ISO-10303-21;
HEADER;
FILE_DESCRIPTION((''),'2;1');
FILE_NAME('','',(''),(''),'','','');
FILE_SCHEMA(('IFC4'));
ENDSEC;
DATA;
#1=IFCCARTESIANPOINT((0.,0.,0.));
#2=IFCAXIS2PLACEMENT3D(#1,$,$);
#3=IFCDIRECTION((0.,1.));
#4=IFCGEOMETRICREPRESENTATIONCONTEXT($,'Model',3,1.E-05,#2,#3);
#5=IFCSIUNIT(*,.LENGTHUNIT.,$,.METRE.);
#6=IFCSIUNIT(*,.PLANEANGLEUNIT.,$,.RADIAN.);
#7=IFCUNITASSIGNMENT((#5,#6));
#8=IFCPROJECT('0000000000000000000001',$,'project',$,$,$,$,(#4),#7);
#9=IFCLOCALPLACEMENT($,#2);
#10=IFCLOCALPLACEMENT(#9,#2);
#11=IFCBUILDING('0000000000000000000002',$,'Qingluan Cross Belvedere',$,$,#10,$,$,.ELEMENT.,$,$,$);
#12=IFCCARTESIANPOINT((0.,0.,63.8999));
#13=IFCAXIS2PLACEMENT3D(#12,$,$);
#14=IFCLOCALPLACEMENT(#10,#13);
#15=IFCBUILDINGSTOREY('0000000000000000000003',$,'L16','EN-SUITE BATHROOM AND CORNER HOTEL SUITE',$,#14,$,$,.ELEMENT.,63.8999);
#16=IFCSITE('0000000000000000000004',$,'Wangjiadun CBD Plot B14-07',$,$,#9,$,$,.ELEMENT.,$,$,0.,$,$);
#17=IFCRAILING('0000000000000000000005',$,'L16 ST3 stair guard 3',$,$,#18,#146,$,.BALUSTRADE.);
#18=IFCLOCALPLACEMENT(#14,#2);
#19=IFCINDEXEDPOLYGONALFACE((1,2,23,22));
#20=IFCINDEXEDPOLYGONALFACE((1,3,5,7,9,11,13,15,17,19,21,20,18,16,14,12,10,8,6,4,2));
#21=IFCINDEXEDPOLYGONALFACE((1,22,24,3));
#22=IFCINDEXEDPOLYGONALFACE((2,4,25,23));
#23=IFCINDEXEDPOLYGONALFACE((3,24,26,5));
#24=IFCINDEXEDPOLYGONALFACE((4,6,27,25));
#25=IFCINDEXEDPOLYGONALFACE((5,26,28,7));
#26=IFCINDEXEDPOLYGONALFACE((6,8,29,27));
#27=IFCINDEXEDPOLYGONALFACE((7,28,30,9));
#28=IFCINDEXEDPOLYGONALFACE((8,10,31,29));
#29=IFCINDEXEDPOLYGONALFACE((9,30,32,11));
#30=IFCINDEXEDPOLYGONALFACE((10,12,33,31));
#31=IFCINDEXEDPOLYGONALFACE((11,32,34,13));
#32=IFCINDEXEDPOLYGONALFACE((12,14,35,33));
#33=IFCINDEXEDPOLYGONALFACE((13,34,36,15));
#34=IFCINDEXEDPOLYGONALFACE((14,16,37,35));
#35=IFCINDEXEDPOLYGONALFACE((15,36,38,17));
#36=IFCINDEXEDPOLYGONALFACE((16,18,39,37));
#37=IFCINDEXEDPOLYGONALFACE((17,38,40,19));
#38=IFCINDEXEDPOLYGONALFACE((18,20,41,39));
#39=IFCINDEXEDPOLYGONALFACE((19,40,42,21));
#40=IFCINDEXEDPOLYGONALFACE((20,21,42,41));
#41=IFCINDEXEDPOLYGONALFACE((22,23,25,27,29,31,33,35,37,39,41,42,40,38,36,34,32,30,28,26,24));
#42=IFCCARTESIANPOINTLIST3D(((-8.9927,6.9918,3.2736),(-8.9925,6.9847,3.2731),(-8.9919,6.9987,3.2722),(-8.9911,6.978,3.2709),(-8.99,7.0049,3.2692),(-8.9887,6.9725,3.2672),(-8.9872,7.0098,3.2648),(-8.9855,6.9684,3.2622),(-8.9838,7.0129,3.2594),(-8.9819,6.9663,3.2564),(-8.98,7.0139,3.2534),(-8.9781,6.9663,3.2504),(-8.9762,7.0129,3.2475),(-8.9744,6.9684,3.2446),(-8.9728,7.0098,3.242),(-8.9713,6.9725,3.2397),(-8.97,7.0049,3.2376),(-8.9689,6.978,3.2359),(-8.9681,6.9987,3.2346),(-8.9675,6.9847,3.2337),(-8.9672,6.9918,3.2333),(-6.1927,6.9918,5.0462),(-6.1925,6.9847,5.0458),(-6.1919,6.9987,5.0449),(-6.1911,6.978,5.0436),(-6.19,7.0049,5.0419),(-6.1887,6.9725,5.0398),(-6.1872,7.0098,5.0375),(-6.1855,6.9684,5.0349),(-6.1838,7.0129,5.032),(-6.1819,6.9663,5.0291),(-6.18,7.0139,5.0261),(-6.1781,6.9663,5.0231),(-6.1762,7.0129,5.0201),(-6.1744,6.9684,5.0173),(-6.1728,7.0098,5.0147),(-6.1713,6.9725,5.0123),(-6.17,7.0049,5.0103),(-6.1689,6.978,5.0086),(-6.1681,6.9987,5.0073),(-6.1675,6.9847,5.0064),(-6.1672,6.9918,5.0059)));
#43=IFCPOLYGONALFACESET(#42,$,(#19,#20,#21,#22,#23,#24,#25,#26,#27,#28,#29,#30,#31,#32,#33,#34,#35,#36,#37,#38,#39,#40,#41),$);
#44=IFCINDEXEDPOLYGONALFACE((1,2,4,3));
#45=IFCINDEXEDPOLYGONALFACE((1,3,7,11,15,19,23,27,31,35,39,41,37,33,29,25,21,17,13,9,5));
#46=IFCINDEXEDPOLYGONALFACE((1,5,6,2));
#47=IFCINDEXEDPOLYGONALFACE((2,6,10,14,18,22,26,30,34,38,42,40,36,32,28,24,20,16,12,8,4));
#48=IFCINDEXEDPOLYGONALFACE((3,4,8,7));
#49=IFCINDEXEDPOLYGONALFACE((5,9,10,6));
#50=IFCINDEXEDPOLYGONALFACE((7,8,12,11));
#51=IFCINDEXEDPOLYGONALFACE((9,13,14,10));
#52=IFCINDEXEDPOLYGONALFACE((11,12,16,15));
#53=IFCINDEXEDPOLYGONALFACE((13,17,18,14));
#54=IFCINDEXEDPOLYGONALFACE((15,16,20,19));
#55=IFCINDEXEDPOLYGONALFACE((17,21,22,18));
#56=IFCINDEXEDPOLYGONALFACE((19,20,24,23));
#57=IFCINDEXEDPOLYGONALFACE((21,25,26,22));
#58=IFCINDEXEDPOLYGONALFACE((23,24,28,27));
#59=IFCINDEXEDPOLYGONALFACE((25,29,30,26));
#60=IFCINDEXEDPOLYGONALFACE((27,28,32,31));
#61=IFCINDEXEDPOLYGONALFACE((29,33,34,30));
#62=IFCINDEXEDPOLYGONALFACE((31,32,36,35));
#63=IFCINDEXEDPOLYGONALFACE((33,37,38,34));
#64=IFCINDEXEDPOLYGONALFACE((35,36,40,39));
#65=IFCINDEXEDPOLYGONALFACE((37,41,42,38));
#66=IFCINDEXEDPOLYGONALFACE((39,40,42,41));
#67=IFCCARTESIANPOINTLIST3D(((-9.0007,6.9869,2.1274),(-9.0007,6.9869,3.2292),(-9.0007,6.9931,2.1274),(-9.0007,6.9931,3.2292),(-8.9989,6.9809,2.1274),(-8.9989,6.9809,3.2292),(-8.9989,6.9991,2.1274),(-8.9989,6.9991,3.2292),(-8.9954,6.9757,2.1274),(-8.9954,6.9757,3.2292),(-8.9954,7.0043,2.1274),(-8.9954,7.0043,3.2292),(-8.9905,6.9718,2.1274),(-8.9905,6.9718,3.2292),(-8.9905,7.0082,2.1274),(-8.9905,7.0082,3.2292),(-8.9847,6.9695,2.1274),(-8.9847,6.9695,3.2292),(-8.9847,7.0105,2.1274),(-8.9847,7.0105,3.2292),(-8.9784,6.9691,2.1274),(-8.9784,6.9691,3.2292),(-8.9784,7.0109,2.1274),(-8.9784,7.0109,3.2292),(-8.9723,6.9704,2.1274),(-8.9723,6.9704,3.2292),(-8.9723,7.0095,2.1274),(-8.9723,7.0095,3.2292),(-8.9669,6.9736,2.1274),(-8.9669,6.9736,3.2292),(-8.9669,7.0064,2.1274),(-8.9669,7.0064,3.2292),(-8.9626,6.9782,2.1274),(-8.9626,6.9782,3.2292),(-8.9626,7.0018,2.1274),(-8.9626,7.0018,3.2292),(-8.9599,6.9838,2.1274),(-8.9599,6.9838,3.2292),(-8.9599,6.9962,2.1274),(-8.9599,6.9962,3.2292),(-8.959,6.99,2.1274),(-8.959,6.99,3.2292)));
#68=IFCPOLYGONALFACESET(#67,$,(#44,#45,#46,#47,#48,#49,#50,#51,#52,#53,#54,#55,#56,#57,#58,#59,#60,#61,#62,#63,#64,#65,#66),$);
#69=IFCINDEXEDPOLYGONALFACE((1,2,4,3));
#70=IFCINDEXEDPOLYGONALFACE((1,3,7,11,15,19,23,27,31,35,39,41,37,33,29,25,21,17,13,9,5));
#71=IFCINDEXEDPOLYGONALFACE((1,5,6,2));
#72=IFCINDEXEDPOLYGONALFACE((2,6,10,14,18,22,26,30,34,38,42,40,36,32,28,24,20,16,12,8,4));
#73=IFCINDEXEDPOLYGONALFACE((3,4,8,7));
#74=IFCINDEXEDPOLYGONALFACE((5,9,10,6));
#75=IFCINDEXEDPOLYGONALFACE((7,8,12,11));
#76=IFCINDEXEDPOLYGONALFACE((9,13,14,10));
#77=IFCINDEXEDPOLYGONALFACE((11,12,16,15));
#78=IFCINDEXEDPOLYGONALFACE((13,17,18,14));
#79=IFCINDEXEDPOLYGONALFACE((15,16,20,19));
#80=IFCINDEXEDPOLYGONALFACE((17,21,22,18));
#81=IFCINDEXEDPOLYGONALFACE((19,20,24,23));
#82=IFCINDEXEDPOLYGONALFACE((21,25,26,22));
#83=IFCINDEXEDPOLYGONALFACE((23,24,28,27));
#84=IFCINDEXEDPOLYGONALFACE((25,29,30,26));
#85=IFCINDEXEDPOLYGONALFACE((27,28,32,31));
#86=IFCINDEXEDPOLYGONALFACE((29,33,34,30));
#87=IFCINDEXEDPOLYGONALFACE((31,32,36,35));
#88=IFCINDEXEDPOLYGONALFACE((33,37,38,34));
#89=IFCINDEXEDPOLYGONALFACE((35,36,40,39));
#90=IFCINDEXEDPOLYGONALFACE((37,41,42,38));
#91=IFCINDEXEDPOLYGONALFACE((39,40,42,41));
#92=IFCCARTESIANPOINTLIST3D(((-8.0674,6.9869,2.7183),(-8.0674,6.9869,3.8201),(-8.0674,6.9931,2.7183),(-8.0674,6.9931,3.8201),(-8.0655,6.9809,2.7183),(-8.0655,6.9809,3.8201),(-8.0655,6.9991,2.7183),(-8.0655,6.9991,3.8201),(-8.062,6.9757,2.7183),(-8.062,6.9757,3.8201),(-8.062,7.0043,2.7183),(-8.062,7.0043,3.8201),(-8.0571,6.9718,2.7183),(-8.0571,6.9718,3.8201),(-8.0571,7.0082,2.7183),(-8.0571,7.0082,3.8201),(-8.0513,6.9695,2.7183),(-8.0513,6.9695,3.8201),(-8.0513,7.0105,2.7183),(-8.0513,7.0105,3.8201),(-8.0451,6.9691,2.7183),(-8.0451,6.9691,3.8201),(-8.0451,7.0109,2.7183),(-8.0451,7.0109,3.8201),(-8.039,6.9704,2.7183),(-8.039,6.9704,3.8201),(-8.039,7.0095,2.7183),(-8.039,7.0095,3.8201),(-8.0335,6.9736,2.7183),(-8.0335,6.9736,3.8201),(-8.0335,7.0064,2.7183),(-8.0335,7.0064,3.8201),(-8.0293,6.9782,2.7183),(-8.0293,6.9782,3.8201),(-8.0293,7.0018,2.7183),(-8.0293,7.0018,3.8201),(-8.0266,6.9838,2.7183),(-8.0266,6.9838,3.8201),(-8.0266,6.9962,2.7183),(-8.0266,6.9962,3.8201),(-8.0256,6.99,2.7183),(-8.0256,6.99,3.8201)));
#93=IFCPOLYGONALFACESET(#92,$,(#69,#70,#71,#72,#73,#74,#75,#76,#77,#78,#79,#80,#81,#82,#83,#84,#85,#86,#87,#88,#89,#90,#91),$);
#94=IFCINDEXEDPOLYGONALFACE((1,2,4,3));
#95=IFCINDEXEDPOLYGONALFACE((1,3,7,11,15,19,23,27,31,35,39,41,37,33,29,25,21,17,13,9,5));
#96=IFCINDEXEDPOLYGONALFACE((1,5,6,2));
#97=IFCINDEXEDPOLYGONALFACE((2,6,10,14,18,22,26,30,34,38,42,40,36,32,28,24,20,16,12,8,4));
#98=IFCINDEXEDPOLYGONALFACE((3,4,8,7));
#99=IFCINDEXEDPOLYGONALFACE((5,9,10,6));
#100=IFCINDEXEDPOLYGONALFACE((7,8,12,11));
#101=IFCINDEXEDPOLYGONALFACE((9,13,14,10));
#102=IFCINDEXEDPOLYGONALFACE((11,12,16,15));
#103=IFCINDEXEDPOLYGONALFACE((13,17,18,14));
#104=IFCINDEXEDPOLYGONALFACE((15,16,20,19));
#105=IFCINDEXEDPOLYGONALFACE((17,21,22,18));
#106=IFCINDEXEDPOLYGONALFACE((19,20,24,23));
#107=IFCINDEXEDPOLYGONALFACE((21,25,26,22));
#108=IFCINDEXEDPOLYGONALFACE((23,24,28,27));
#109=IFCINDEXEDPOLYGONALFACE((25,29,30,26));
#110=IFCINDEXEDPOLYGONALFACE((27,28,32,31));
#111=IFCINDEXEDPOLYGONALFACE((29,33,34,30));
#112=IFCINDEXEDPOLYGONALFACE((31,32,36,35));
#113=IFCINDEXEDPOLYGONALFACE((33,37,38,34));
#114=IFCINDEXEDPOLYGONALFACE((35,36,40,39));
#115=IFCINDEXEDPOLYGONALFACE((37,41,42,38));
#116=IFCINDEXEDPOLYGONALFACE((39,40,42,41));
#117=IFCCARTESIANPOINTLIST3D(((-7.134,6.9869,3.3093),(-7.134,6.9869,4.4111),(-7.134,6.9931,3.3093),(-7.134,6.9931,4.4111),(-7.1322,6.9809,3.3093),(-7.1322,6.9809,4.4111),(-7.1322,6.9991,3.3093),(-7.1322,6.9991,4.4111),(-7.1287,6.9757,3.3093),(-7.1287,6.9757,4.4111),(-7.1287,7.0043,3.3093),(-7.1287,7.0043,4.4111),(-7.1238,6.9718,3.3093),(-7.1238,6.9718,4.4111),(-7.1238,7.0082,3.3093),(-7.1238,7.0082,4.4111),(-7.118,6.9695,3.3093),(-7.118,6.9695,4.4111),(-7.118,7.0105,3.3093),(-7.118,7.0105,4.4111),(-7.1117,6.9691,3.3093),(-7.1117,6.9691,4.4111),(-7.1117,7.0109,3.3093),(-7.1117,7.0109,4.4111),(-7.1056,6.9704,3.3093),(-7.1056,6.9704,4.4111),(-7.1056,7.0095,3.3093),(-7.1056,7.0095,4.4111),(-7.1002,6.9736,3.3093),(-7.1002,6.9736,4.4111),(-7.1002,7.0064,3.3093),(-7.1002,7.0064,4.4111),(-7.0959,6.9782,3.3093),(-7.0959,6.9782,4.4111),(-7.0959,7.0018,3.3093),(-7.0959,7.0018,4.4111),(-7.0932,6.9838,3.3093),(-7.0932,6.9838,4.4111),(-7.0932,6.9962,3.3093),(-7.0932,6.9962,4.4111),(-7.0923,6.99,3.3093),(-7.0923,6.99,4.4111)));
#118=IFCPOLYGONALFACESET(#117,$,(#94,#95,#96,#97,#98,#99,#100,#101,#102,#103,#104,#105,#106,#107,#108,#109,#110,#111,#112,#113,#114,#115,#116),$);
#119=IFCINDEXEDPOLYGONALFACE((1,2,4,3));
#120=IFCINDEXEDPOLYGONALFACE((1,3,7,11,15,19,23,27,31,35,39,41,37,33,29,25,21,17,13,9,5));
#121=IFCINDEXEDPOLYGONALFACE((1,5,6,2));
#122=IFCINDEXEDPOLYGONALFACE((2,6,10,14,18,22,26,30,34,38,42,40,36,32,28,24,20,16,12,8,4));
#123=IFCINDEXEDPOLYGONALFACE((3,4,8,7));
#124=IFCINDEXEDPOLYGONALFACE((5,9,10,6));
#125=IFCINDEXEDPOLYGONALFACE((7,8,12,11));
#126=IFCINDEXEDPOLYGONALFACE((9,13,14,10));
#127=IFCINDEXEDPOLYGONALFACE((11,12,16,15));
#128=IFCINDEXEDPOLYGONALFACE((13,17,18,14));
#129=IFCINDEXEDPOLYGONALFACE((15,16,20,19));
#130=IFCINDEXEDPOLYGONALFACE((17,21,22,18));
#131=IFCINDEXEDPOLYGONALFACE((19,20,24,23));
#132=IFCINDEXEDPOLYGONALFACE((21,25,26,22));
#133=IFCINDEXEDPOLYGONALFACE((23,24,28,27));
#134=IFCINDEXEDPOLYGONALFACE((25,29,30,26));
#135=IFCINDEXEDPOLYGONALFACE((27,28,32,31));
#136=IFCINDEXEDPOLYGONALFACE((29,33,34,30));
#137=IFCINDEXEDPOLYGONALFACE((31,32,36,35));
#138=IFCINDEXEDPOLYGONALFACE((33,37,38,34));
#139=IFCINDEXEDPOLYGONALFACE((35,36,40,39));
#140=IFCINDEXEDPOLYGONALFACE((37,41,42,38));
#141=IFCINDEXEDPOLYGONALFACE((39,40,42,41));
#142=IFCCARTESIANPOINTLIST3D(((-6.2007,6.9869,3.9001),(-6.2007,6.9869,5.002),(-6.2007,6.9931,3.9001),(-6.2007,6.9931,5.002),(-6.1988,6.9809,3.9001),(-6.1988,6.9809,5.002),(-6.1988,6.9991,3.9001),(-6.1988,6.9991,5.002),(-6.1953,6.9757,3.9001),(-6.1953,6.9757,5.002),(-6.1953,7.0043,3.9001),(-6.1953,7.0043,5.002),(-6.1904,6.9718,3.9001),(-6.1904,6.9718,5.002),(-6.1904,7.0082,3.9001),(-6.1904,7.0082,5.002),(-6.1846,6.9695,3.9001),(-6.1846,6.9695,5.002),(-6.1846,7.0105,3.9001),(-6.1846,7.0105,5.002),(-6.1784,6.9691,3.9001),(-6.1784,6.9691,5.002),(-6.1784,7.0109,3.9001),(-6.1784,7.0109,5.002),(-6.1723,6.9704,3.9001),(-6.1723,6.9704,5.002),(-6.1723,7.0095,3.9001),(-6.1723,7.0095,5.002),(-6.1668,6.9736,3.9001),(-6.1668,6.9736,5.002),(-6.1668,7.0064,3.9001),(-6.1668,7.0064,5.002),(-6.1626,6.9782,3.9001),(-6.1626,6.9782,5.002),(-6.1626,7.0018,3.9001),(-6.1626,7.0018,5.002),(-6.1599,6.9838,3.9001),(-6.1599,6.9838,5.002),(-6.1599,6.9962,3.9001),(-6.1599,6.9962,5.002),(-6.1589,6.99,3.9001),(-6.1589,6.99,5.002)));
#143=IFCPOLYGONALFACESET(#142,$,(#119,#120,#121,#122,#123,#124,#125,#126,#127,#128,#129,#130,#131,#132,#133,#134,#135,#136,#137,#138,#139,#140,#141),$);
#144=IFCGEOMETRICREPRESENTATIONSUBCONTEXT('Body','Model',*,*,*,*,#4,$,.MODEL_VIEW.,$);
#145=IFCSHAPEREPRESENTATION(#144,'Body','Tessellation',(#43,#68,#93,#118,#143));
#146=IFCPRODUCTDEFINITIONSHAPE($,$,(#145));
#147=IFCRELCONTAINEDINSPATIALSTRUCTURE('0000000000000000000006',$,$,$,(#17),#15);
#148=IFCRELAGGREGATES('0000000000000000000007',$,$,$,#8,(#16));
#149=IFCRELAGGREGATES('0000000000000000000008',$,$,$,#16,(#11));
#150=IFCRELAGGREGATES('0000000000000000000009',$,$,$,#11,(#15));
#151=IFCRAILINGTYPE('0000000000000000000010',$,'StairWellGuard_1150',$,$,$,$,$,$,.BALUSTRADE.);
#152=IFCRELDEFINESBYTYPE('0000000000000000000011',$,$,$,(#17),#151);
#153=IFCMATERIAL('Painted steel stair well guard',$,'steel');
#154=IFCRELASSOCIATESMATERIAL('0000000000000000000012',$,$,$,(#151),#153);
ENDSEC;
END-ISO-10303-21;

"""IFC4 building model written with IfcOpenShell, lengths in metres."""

from ifc_helpers import new_model, si_unit, direction, frame, origin, origin_2d, place, context, subcontext, project, spatial, circle, extrude, material, type_object, element, save


model = new_model("IFC4")

# Units and contexts
model_context = context("Model", 3, precision=1e-05, world=origin(), true_north=direction((0.0, 1.0)))
body_context = subcontext(model_context, "Body", "Model", "MODEL_VIEW")
ifc_project = project(units=[si_unit("LENGTHUNIT", "METRE"), si_unit("PLANEANGLEUNIT", "RADIAN")], contexts=[model_context])

# Site, building, storey
site_placement = place(None, origin())
site = spatial("IfcSite", under=ifc_project, at=site_placement, Name="Wangjiadun CBD Plot B14-07", CompositionType="ELEMENT", RefElevation=0.0)
building_placement = place(site_placement, origin())
building = spatial("IfcBuilding", under=site, at=building_placement, Name="Qingluan Cross Belvedere", CompositionType="ELEMENT")
storey_placement = place(building_placement, frame((0.0, 0.0, 63.8999)))
storey = spatial("IfcBuildingStorey", under=building, at=storey_placement, Name="L16", Description="EN-SUITE BATHROOM AND CORNER HOTEL SUITE", CompositionType="ELEMENT", Elevation=63.8999)

# Railing
ifc_material_1 = material(Name="Painted steel stair well guard", Category="steel")
railing_type_1 = type_object("IfcRailingType", Name="StairWellGuard_1150", PredefinedType="BALUSTRADE", material=ifc_material_1)
railing_1_placement = place(storey_placement, frame((-8.98, 6.99, 2.1274)))
element("IfcRailing", 1, at=railing_1_placement, inside=storey, type_object=railing_type_1, Name="L16 ST3 stair guard 3", PredefinedType="BALUSTRADE", context=body_context, shape_type="SweptSolid", body=[
    extrude(circle(Radius=0.0239, at=origin_2d()), frame((0.0, 0.0, 1.126), z_axis=(0.844909, 0.0, 0.53491), x_axis=(0.0, 1.0, 0.0)), (0.0, 0.0, 1.0), 3.314),
    extrude(circle(Radius=0.021, at=origin_2d()), origin(), (0.0, 0.0, 1.0), 1.1018),
    extrude(circle(Radius=0.021, at=origin_2d()), frame((0.9333, 0.0, 0.5908)), (0.0, 0.0, 1.0), 1.1018),
    extrude(circle(Radius=0.021, at=origin_2d()), frame((1.8667, 0.0, 1.1819)), (0.0, 0.0, 1.0), 1.1018),
    extrude(circle(Radius=0.021, at=origin_2d()), frame((2.8, 0.0, 1.7727)), (0.0, 0.0, 1.0), 1.1018),
])

save(model, "model.ifc")
